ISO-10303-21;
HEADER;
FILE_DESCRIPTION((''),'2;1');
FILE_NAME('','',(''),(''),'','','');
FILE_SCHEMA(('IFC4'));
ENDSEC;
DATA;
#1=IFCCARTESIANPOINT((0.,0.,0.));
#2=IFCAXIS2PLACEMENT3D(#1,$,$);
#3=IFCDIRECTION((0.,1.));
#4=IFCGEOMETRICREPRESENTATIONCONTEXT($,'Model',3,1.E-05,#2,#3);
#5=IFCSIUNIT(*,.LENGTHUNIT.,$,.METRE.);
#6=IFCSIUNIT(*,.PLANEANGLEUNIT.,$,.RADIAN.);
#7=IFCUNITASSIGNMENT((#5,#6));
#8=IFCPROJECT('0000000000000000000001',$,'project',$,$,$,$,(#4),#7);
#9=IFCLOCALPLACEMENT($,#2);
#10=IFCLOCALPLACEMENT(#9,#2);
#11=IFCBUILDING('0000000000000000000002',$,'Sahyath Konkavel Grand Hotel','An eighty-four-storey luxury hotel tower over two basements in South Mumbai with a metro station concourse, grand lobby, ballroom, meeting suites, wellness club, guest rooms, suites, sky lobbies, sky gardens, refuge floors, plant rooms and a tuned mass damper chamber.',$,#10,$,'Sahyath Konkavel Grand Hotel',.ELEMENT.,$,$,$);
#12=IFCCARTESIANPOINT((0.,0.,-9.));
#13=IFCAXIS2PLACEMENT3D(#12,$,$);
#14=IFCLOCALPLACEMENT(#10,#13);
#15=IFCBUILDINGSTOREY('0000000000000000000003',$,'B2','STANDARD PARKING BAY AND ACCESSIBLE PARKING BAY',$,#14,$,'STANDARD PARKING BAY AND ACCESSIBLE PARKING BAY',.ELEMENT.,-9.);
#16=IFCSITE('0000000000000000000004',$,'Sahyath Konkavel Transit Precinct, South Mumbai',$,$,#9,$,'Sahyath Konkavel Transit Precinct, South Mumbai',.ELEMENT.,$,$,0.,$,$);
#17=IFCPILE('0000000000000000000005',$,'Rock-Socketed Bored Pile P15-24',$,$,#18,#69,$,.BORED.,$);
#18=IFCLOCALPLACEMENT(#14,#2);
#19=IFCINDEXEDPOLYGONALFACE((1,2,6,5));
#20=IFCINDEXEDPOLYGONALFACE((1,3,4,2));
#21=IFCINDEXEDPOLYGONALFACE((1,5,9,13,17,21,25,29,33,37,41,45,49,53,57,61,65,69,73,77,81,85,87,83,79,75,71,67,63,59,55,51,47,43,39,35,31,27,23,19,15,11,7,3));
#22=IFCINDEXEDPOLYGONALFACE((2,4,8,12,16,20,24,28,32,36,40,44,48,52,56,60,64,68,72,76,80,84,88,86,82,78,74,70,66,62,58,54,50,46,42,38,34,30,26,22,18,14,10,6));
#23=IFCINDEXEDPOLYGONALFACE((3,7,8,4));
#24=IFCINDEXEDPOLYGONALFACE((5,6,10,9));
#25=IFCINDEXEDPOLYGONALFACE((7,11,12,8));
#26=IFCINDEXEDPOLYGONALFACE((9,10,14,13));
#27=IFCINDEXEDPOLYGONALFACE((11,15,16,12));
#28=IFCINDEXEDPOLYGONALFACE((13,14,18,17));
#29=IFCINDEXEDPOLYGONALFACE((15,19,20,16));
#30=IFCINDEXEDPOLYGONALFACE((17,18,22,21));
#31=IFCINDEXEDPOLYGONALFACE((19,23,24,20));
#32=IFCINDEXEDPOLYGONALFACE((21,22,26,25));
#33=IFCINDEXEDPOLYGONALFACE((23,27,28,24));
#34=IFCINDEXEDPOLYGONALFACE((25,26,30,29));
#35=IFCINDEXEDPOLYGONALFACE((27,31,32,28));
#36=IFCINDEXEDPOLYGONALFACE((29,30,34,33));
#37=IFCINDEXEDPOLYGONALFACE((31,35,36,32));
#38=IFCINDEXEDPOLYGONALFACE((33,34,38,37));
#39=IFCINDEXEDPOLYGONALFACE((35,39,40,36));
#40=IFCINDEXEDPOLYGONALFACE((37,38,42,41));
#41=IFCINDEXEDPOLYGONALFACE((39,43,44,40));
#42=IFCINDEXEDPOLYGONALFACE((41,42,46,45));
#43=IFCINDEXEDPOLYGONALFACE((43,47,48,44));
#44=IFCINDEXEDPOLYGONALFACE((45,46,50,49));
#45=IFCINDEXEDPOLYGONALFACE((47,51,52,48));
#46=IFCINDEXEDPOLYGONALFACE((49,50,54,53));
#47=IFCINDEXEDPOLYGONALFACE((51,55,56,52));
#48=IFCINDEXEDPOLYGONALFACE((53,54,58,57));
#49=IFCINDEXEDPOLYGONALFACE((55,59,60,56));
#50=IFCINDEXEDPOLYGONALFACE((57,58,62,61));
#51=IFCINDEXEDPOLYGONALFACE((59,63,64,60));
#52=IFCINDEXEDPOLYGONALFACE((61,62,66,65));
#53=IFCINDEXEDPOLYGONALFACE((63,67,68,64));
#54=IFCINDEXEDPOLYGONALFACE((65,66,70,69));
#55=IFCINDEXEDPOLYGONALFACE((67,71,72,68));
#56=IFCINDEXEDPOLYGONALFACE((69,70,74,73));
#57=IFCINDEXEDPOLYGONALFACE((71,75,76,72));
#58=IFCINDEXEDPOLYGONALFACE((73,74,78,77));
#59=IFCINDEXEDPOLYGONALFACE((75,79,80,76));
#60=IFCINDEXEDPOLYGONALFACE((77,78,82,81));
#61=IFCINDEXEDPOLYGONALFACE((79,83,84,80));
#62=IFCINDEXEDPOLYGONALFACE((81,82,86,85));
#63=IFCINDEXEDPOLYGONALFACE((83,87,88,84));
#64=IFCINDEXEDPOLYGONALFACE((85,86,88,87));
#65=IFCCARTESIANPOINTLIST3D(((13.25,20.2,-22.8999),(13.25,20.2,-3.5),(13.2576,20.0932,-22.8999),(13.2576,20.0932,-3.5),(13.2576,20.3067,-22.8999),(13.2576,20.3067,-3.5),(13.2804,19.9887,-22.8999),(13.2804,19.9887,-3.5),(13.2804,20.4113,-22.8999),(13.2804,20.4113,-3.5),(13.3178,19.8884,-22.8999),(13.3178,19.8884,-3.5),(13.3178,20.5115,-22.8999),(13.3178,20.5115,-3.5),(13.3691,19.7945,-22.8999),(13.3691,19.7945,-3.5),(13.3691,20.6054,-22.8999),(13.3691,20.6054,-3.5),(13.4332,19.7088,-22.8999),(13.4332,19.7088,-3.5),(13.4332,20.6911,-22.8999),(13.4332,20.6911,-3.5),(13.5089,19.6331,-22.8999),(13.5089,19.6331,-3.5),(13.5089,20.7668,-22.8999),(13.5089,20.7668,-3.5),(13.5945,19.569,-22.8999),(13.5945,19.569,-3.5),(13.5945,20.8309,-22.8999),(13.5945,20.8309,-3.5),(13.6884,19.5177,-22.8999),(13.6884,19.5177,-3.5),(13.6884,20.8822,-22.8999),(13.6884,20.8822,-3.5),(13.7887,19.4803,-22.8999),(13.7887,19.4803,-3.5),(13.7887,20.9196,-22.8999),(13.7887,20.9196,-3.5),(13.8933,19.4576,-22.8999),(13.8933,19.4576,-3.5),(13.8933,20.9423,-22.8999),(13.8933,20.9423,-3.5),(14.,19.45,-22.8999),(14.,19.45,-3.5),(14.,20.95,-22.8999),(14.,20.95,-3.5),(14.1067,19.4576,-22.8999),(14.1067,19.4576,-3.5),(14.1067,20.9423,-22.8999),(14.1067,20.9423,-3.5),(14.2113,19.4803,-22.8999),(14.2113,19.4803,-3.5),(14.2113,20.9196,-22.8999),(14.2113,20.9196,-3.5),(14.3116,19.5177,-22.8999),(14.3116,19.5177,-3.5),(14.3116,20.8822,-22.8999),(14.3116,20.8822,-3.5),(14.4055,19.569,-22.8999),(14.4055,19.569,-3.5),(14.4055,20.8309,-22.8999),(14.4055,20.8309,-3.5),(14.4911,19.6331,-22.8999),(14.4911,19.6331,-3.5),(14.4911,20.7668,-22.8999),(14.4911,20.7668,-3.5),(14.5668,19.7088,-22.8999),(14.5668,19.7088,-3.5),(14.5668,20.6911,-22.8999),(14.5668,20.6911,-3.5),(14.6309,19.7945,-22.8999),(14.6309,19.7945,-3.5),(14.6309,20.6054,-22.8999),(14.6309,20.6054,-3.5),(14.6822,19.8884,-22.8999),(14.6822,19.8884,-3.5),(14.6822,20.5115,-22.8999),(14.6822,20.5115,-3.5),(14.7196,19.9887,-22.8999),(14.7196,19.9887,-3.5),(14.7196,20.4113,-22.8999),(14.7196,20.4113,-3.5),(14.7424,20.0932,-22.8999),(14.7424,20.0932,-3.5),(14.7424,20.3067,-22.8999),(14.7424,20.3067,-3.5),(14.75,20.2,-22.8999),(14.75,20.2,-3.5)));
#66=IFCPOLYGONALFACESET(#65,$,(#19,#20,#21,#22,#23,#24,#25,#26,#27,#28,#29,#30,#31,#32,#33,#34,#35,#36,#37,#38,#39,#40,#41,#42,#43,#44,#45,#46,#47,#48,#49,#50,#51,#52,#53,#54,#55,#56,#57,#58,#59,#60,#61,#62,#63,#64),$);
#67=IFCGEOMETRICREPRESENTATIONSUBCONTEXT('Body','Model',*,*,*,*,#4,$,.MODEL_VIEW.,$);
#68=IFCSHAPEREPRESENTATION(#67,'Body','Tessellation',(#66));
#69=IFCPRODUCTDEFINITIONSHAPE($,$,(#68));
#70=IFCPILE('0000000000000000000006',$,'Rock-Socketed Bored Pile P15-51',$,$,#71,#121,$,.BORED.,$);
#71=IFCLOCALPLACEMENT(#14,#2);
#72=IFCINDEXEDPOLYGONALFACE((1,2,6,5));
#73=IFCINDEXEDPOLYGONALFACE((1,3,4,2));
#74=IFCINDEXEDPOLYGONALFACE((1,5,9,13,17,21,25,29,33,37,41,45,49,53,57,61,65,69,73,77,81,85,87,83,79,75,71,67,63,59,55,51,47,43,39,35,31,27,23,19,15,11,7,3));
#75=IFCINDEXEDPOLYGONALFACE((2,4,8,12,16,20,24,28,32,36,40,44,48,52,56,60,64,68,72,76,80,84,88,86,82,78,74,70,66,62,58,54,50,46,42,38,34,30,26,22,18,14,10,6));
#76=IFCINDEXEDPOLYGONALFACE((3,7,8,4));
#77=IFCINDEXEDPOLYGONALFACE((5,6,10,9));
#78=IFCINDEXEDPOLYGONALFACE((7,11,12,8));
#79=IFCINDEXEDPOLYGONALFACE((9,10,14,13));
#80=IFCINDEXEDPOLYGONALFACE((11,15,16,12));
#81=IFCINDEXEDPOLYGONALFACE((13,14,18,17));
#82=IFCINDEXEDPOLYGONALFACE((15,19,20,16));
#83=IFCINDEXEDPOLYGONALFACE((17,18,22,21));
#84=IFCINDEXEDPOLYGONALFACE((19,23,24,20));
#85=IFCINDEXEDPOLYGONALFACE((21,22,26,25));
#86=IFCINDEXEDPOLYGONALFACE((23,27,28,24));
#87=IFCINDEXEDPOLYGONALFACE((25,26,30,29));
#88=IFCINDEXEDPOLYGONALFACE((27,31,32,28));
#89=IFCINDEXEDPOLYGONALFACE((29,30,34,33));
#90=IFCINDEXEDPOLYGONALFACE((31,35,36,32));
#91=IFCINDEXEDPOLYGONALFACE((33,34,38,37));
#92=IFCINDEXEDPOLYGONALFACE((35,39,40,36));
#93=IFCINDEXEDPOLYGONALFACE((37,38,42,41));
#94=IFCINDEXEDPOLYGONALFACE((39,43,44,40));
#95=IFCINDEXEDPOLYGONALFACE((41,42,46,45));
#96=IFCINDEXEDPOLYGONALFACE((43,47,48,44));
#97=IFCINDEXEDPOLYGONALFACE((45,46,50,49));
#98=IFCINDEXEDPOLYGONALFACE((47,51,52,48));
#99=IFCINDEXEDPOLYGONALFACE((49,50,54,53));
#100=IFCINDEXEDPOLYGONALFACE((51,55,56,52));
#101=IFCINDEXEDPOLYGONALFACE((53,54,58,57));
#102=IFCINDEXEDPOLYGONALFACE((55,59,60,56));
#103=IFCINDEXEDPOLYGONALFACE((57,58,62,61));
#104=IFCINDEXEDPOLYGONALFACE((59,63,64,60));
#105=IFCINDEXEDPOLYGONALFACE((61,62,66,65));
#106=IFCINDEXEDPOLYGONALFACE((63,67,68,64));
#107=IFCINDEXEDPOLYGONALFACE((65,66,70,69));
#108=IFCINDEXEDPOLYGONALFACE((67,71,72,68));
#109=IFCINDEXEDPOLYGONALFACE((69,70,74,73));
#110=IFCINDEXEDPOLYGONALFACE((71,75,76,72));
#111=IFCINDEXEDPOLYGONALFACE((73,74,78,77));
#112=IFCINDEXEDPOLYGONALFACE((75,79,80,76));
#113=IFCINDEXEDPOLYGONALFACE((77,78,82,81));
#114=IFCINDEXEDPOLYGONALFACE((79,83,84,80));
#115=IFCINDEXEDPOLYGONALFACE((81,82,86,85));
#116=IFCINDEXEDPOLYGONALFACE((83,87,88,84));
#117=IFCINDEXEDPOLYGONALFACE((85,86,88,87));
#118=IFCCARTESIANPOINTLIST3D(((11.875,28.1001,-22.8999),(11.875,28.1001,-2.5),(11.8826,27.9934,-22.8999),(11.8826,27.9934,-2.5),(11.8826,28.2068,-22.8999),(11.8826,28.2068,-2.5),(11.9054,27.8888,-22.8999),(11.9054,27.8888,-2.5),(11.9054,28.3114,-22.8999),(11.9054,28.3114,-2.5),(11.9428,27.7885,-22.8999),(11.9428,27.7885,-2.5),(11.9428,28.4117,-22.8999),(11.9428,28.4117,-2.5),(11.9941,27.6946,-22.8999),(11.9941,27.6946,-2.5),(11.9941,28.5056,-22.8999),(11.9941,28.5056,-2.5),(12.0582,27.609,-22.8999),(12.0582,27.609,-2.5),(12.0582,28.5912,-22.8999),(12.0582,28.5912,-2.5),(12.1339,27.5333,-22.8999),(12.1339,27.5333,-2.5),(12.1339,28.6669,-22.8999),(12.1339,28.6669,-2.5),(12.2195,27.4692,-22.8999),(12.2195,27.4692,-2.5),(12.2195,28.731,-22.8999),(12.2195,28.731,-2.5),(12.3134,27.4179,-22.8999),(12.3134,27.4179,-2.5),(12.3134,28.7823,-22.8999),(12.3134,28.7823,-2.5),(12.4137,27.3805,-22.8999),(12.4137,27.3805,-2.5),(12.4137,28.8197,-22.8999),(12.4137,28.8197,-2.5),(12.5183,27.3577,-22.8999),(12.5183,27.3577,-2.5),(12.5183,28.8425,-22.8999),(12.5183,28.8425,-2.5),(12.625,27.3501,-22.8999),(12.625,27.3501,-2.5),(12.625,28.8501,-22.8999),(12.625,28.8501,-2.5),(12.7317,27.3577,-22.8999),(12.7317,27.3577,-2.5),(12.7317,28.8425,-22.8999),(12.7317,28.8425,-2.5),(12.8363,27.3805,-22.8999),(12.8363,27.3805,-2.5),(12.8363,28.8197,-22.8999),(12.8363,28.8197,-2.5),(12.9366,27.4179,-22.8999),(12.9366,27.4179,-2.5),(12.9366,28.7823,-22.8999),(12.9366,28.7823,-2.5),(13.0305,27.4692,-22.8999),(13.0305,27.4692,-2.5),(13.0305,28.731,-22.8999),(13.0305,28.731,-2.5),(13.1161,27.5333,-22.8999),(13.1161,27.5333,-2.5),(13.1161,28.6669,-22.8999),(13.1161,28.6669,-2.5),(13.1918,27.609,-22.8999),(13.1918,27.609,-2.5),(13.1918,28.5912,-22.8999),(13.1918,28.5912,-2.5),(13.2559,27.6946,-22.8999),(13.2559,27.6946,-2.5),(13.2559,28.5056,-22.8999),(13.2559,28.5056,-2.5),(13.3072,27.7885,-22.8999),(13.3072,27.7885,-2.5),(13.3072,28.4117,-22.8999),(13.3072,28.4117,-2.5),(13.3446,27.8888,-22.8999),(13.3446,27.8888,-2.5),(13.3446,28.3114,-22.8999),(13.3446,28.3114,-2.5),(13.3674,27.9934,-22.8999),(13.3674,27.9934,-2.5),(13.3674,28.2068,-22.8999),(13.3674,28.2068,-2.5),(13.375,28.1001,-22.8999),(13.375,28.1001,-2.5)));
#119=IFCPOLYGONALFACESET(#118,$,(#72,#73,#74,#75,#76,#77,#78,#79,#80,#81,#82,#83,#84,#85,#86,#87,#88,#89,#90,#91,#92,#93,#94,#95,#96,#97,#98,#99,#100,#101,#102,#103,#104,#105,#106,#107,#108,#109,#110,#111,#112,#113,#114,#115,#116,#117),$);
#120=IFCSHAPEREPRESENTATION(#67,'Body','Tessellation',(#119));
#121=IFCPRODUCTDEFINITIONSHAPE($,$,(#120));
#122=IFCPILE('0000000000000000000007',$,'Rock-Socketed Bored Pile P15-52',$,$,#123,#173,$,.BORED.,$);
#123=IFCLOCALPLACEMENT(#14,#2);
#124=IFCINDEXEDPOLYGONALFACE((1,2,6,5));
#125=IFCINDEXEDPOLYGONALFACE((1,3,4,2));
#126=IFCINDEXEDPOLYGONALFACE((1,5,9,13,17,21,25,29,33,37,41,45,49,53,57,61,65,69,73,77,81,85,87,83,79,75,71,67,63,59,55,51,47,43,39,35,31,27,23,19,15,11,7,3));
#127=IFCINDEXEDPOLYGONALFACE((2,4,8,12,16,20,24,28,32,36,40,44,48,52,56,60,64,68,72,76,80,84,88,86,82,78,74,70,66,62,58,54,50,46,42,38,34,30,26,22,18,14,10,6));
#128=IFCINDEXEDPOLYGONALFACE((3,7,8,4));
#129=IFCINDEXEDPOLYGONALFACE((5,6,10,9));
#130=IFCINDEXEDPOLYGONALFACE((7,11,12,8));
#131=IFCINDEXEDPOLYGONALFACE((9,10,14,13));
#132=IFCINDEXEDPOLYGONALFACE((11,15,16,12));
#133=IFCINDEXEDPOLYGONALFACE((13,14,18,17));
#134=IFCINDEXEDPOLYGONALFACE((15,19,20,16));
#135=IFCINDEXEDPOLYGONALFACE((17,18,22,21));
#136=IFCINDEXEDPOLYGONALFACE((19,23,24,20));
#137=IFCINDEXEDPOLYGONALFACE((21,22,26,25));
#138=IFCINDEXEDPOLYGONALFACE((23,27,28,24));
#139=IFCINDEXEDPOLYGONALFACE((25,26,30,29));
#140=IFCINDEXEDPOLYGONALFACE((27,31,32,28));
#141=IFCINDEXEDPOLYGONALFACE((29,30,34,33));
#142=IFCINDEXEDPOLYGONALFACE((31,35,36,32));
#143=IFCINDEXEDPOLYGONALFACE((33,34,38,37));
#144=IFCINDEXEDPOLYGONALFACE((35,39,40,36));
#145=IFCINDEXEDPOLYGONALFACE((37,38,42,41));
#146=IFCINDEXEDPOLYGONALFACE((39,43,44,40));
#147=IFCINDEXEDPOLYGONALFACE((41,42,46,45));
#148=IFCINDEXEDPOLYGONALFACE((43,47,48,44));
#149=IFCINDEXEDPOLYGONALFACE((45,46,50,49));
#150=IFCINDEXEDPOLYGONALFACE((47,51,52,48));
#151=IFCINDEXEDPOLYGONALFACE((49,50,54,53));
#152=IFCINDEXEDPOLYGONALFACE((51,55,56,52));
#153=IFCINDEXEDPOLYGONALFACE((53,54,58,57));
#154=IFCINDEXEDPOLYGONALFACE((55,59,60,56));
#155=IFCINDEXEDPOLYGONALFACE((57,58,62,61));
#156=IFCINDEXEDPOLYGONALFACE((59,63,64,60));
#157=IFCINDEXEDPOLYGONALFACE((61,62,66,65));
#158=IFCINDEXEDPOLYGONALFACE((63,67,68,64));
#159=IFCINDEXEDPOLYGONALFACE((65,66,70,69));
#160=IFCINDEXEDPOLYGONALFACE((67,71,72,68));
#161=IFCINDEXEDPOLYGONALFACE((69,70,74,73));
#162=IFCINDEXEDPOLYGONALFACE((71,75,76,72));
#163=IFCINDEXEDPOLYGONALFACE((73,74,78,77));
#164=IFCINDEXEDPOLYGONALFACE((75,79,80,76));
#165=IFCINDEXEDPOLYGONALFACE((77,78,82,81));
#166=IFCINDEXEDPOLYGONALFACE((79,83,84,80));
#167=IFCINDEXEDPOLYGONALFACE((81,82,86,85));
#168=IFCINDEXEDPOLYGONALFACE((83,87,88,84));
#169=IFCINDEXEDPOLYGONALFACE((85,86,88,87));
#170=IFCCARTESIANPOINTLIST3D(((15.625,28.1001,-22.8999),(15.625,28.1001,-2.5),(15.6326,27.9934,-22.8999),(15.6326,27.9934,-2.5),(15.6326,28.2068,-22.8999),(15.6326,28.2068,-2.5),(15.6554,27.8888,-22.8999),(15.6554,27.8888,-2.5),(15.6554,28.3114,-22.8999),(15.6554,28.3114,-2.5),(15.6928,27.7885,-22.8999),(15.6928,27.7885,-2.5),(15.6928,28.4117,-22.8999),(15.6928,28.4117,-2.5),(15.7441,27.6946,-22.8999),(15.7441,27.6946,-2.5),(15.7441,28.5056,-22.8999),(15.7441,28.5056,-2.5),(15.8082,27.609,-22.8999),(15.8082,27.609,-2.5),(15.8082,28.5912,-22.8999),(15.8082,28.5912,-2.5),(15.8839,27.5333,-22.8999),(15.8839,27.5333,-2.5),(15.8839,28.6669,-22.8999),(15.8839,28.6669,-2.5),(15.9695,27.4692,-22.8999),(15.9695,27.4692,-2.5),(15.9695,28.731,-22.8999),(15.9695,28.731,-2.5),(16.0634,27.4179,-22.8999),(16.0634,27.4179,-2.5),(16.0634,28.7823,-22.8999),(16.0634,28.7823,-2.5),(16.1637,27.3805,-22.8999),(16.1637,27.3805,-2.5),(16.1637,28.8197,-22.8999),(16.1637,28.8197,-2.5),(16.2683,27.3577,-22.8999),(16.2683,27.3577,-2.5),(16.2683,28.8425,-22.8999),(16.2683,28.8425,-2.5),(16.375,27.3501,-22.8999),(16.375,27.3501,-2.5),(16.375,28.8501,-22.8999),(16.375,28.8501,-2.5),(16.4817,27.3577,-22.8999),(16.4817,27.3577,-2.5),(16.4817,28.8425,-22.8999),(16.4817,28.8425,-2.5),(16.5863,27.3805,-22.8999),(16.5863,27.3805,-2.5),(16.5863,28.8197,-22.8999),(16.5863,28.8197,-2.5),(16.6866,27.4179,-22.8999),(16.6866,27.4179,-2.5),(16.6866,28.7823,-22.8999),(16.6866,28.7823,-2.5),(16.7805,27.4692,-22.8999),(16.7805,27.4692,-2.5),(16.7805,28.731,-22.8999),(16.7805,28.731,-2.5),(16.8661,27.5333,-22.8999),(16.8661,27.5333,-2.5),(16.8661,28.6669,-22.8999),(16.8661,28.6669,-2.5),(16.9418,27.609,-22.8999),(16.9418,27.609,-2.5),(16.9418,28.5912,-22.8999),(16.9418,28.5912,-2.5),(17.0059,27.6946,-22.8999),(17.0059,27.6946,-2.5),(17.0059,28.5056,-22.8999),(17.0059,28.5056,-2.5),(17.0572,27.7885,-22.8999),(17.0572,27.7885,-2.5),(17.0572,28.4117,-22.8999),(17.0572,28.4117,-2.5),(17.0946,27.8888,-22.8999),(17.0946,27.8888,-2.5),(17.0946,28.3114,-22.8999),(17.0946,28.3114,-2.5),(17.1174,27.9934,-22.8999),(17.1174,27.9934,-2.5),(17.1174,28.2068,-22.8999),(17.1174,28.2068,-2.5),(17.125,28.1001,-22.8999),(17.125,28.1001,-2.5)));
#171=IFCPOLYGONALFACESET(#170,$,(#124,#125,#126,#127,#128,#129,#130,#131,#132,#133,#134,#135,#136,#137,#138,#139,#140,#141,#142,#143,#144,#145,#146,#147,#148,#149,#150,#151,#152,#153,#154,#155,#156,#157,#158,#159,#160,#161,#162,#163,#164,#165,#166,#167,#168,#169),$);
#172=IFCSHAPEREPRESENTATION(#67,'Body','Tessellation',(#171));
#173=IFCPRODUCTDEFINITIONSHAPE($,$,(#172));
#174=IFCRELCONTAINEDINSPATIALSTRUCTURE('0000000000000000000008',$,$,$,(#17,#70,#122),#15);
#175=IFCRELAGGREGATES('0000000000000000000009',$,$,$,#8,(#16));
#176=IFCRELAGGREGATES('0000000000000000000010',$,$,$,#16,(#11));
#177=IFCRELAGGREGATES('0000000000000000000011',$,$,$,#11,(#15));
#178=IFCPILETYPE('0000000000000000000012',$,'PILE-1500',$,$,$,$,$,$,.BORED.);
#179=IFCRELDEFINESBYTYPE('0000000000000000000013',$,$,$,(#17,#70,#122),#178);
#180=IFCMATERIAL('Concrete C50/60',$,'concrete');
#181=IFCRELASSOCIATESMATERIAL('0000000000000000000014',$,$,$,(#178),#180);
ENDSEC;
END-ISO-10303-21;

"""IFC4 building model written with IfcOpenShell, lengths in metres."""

from ifc_helpers import new_model, si_unit, direction, frame, origin, origin_2d, place, context, subcontext, project, spatial, circle, extrude, material, material_profile, profile_set, type_object, element, save


model = new_model("IFC4")

# Units and contexts
model_context = context("Model", 3, precision=1e-05, world=origin(), true_north=direction((0.0, 1.0)))
body_context = subcontext(model_context, "Body", "Model", "MODEL_VIEW")
ifc_project = project(units=[si_unit("LENGTHUNIT", "METRE"), si_unit("PLANEANGLEUNIT", "RADIAN")], contexts=[model_context])

# Site, building, storey
site_placement = place(None, origin())
site = spatial("IfcSite", under=ifc_project, at=site_placement, Name="Sahyath Konkavel Transit Precinct, South Mumbai", LongName="Sahyath Konkavel Transit Precinct, South Mumbai", CompositionType="ELEMENT", RefElevation=0.0)
building_placement = place(site_placement, origin())
building = spatial("IfcBuilding", under=site, at=building_placement, Name="Sahyath Konkavel Grand Hotel", Description="An eighty-four-storey luxury hotel tower over two basements in South Mumbai with a metro station concourse, grand lobby, ballroom, meeting suites, wellness club, guest rooms, suites, sky lobbies, sky gardens, refuge floors, plant rooms and a tuned mass damper chamber.", LongName="Sahyath Konkavel Grand Hotel", CompositionType="ELEMENT")
storey_placement = place(building_placement, frame((0.0, 0.0, -9.0)))
storey = spatial("IfcBuildingStorey", under=building, at=storey_placement, Name="B2", Description="STANDARD PARKING BAY AND ACCESSIBLE PARKING BAY", LongName="STANDARD PARKING BAY AND ACCESSIBLE PARKING BAY", CompositionType="ELEMENT", Elevation=-9.0)

# Piles
ifc_material_1 = material(Name="Concrete C50/60", Category="concrete")
ifc_material_profile_1 = material_profile(ifc_material_1, circle(Radius=0.75, at=origin_2d()), Name="PILE D1500")
ifc_profile_set_1 = profile_set([ifc_material_profile_1], Name="Concrete C50/60")
pile_type_1 = type_object("IfcPileType", Name="PILE-1500", PredefinedType="BORED", material=ifc_profile_set_1)
pile_placement = place(storey_placement, frame((14.0, 20.2, -3.5), z_axis=(0.0, 0.0, -1.0), x_axis=(1.0, 0.0, 0.0)))
element("IfcPile", 1, at=pile_placement, inside=storey, type_object=pile_type_1, Name="Rock-Socketed Bored Pile P15-24", PredefinedType="BORED", context=body_context, shape_type="SweptSolid", body=[
    extrude(circle(Radius=0.75, at=origin_2d()), origin(), (0.0, 0.0, 1.0), 19.3999),
])
for number, where, z_axis, x_axis, name in (
    (2, (12.625, 28.1001, -2.5), (0.0, 0.0, -1.0), (1.0, 0.0, 0.0), "Rock-Socketed Bored Pile P15-51"),
    (3, (16.375, 28.1001, -2.5), (0.0, 0.0, -1.0), (1.0, 0.0, 0.0), "Rock-Socketed Bored Pile P15-52"),
):
    element("IfcPile", number, at=place(storey_placement, frame(where, z_axis=z_axis, x_axis=x_axis)), inside=storey, type_object=pile_type_1, Name=name, PredefinedType="BORED", context=body_context, shape_type="SweptSolid", body=[
        extrude(circle(Radius=0.75, at=origin_2d()), origin(), (0.0, 0.0, 1.0), 20.3999),
    ])

save(model, "model.ifc")
